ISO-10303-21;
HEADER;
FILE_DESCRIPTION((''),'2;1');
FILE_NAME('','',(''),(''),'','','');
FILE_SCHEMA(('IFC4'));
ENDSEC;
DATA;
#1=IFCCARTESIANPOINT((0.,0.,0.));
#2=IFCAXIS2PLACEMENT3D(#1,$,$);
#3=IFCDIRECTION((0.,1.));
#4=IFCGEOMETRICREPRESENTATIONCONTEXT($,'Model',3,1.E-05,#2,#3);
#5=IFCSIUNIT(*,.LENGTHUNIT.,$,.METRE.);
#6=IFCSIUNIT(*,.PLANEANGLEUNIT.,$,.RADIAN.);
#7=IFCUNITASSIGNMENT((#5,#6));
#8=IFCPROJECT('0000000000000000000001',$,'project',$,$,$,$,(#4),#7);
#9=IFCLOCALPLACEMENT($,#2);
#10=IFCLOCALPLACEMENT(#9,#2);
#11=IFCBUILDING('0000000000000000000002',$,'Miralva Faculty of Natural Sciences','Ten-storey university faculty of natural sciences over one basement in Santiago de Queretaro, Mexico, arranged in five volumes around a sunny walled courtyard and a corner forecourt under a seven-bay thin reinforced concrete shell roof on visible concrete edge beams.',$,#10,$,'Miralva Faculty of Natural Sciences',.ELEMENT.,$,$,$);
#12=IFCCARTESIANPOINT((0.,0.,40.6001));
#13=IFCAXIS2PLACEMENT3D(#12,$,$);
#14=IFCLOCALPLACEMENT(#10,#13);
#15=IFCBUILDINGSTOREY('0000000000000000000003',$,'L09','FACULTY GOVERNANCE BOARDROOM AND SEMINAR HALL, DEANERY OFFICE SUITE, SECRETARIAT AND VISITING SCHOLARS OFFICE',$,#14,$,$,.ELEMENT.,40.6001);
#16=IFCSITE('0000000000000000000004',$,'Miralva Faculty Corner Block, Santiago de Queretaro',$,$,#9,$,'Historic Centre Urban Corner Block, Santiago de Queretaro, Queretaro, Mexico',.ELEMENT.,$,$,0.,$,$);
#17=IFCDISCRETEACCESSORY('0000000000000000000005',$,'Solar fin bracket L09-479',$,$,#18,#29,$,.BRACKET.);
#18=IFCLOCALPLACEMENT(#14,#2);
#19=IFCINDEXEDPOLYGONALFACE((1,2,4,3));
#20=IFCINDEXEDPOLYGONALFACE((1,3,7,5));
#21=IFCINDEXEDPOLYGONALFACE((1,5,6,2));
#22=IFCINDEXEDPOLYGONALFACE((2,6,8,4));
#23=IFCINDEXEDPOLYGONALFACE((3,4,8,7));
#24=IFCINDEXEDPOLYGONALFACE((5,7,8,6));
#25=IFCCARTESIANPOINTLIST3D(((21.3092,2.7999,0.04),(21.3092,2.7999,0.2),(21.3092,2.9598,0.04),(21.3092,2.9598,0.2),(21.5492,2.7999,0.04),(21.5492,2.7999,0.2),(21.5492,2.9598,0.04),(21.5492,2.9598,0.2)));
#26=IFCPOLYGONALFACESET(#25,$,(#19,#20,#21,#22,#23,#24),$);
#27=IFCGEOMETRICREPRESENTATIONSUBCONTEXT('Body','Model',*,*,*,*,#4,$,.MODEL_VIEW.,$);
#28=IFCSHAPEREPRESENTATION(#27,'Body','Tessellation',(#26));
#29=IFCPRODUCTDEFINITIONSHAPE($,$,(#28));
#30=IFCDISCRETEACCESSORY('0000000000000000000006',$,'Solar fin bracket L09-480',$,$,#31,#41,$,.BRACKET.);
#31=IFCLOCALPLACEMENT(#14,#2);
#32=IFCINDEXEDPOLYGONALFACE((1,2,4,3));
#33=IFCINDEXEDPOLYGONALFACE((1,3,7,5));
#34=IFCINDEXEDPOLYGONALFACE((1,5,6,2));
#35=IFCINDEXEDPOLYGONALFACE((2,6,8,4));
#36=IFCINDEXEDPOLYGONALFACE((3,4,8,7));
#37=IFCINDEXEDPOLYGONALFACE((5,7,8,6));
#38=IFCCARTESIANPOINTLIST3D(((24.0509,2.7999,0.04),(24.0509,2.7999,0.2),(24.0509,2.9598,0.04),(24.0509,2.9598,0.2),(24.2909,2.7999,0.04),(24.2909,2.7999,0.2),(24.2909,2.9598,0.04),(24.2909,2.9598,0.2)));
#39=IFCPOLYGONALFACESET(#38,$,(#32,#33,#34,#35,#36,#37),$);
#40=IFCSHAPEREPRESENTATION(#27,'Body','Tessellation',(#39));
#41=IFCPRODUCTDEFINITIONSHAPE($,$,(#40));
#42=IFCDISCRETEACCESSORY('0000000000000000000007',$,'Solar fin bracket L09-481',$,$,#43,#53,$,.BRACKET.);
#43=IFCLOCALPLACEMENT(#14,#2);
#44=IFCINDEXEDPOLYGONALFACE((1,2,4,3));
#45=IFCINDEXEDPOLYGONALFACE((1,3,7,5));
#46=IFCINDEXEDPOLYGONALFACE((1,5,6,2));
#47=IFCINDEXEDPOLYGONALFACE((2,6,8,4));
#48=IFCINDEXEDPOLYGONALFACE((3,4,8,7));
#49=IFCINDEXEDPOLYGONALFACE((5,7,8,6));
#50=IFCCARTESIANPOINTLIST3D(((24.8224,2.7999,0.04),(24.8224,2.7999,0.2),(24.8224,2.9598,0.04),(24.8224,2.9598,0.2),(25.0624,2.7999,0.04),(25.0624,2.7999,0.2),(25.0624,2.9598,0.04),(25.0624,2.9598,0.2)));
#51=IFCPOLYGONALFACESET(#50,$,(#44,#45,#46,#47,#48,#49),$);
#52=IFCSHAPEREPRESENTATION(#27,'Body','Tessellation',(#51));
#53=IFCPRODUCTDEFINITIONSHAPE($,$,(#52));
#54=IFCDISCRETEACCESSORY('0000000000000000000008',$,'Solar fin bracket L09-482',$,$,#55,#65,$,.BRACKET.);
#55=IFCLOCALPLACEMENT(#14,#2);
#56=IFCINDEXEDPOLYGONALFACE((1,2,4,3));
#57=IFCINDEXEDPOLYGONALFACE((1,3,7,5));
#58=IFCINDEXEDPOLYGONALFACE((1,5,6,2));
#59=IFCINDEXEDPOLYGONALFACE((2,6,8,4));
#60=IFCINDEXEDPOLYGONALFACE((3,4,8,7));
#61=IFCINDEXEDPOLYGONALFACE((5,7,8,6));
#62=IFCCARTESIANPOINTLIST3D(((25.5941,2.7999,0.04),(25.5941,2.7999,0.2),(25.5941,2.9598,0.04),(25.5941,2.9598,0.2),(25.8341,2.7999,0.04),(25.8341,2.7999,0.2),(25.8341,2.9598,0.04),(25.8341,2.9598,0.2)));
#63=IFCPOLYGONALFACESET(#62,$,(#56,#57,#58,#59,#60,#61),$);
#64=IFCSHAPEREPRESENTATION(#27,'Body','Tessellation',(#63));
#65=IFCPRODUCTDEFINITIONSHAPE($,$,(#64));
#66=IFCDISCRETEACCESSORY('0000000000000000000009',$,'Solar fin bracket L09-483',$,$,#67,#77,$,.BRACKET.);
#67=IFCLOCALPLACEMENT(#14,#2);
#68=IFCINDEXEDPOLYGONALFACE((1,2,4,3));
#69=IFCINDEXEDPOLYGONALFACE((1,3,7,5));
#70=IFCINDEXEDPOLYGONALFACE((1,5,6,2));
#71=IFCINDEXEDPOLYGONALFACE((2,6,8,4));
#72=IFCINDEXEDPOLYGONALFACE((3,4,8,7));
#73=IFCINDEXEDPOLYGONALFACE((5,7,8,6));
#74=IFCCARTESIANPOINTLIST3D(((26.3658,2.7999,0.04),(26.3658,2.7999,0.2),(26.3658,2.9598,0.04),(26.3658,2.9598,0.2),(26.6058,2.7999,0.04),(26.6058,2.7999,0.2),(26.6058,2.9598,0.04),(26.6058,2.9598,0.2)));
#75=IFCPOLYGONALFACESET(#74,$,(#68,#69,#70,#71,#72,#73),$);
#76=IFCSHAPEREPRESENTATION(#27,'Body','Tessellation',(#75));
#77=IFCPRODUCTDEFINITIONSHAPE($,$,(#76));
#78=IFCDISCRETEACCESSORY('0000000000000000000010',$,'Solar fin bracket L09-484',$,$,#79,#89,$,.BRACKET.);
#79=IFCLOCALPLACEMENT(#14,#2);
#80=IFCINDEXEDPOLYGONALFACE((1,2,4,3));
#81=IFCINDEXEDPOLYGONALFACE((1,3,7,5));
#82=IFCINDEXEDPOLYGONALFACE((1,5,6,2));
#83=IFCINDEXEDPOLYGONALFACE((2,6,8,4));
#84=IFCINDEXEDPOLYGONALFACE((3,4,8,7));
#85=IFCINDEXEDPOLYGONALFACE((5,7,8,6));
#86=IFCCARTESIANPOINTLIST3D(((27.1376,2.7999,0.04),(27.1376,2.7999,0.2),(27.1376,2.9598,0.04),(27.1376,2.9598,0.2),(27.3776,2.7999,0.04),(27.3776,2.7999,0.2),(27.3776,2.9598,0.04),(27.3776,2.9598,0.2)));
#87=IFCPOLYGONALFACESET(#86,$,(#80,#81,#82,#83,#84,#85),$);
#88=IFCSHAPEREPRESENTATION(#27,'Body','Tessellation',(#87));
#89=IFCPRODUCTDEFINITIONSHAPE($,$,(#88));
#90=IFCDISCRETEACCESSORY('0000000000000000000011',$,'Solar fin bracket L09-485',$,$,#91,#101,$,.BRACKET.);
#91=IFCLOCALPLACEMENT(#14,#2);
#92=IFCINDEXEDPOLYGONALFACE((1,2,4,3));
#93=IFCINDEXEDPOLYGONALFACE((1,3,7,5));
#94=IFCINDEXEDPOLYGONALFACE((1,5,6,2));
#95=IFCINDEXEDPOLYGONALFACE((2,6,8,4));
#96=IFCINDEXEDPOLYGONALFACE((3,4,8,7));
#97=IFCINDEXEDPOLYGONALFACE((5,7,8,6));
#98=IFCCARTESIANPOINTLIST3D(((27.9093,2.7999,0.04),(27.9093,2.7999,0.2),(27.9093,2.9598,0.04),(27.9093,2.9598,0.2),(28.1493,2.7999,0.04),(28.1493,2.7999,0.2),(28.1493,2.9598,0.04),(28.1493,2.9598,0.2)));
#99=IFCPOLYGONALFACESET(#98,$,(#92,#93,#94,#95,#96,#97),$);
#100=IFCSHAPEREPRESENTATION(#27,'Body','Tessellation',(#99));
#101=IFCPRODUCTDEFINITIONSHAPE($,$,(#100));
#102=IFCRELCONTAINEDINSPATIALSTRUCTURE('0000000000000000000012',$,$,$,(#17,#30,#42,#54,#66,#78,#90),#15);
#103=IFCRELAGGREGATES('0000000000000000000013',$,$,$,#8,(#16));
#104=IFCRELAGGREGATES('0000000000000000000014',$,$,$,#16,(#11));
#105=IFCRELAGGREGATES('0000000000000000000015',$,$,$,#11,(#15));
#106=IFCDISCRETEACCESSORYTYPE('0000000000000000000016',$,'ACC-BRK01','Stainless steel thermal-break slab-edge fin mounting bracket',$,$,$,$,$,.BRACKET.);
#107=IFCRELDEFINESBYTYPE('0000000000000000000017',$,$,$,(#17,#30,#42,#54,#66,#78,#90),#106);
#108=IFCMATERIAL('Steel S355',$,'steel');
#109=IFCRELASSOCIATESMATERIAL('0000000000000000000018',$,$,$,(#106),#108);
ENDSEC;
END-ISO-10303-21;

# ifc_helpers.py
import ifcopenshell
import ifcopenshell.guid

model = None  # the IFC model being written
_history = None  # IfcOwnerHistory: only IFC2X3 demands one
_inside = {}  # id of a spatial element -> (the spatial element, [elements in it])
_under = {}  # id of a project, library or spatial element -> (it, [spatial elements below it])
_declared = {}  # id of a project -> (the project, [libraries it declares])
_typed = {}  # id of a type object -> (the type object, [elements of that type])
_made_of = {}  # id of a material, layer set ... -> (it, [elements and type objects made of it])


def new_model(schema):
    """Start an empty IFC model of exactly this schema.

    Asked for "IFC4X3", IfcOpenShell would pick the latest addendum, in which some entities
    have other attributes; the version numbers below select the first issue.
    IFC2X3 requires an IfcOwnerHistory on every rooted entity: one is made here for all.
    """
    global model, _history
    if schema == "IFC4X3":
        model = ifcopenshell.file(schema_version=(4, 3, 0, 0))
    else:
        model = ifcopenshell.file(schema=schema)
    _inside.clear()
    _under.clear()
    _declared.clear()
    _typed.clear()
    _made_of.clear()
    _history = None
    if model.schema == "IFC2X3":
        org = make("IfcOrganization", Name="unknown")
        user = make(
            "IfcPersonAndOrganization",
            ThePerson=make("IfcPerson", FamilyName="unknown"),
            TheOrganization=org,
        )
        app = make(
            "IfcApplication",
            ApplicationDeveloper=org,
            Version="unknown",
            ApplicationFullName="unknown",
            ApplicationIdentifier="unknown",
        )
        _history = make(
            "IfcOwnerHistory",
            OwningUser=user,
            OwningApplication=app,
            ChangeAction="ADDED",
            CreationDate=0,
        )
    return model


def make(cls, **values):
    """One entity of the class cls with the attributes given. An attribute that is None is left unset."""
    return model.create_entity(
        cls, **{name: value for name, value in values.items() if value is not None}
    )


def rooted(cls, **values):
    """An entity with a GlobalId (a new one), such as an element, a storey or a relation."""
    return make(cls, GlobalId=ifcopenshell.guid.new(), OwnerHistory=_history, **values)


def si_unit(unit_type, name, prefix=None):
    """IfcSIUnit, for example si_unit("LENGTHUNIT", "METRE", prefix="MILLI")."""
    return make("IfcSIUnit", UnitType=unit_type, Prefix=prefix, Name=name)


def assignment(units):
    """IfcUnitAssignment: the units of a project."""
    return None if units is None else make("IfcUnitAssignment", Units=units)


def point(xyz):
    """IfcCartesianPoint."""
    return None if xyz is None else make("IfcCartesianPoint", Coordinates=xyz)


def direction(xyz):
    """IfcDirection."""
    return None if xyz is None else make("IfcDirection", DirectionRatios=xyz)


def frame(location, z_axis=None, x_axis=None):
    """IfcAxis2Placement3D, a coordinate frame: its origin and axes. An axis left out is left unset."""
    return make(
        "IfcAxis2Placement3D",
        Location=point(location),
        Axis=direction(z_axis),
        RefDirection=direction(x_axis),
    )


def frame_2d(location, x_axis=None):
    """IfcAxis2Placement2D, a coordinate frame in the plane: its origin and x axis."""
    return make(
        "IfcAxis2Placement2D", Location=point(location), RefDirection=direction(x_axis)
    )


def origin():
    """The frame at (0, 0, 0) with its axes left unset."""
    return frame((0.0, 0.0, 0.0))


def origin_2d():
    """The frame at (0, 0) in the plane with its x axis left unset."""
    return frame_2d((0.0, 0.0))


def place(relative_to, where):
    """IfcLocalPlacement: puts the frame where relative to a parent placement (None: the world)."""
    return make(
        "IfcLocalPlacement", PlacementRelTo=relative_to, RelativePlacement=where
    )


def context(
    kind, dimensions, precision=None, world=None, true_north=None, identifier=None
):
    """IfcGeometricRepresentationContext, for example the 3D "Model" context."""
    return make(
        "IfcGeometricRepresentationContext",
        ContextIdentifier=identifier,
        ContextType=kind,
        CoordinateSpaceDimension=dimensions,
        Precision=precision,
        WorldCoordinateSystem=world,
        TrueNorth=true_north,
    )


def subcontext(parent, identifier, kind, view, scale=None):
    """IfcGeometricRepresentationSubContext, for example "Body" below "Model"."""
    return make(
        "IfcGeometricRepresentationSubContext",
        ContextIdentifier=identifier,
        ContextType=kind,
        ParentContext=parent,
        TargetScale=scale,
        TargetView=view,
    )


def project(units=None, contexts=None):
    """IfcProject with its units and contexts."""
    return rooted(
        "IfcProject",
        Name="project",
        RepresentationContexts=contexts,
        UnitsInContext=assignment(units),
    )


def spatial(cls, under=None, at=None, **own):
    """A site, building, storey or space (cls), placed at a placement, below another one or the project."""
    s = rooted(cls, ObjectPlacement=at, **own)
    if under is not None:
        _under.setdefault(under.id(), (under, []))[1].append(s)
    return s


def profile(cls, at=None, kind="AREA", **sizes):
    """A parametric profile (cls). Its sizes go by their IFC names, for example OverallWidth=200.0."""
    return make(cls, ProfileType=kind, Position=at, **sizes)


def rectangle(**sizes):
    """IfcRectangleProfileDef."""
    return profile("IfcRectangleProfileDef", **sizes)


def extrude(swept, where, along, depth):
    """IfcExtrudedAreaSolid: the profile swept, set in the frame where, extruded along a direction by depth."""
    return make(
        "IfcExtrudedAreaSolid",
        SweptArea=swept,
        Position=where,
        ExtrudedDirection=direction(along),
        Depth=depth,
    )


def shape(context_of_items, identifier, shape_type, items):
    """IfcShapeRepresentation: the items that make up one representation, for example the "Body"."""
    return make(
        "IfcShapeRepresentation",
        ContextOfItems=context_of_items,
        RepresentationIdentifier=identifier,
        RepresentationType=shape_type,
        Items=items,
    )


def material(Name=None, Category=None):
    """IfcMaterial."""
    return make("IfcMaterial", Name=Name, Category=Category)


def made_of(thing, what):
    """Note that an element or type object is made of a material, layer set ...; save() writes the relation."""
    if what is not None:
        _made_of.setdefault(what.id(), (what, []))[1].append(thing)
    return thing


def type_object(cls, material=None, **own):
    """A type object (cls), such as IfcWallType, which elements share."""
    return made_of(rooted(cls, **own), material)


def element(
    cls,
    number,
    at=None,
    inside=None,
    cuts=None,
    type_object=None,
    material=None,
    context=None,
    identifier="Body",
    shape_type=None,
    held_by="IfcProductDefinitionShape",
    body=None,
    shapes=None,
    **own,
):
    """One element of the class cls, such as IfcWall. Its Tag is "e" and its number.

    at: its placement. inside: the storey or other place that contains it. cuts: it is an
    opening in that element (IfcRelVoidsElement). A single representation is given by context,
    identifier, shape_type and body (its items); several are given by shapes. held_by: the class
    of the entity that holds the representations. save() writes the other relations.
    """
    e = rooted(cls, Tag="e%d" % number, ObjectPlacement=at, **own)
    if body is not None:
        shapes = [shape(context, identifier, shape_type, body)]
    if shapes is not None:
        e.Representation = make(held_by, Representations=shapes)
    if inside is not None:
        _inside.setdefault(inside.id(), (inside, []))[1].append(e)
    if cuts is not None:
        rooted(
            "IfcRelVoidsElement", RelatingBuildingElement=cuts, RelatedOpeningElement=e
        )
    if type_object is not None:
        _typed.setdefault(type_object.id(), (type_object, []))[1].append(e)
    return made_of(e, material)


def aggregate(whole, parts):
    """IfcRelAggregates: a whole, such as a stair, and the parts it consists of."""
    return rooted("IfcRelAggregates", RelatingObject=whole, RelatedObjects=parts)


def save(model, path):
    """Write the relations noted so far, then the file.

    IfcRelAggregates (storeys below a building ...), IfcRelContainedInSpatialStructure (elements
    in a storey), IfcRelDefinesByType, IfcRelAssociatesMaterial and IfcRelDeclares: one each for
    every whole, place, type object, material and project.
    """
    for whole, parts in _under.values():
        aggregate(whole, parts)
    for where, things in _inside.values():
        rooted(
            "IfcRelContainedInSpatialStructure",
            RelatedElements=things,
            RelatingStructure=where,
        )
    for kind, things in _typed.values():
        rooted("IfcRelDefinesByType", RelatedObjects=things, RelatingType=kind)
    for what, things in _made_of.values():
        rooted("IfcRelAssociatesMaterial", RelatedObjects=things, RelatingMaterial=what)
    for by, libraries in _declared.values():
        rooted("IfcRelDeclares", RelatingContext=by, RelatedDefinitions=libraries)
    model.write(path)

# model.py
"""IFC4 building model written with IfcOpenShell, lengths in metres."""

from ifc_helpers import new_model, si_unit, direction, frame, origin, origin_2d, place, context, subcontext, project, spatial, rectangle, extrude, material, type_object, element, save


model = new_model("IFC4")

# Units and contexts
model_context = context("Model", 3, precision=1e-05, world=origin(), true_north=direction((0.0, 1.0)))
body_context = subcontext(model_context, "Body", "Model", "MODEL_VIEW")
ifc_project = project(units=[si_unit("LENGTHUNIT", "METRE"), si_unit("PLANEANGLEUNIT", "RADIAN")], contexts=[model_context])

# Site, building, storey
site_placement = place(None, origin())
site = spatial("IfcSite", under=ifc_project, at=site_placement, Name="Miralva Faculty Corner Block, Santiago de Queretaro", LongName="Historic Centre Urban Corner Block, Santiago de Queretaro, Queretaro, Mexico", CompositionType="ELEMENT", RefElevation=0.0)
building_placement = place(site_placement, origin())
building = spatial("IfcBuilding", under=site, at=building_placement, Name="Miralva Faculty of Natural Sciences", Description="Ten-storey university faculty of natural sciences over one basement in Santiago de Queretaro, Mexico, arranged in five volumes around a sunny walled courtyard and a corner forecourt under a seven-bay thin reinforced concrete shell roof on visible concrete edge beams.", LongName="Miralva Faculty of Natural Sciences", CompositionType="ELEMENT")
storey_placement = place(building_placement, frame((0.0, 0.0, 40.6001)))
storey = spatial("IfcBuildingStorey", under=building, at=storey_placement, Name="L09", Description="FACULTY GOVERNANCE BOARDROOM AND SEMINAR HALL, DEANERY OFFICE SUITE, SECRETARIAT AND VISITING SCHOLARS OFFICE", CompositionType="ELEMENT", Elevation=40.6001)

# Discrete accessories
ifc_material_1 = material(Name="Steel S355", Category="steel")
discrete_accessory_type = type_object("IfcDiscreteAccessoryType", Name="ACC-BRK01", Description="Stainless steel thermal-break slab-edge fin mounting bracket", PredefinedType="BRACKET", material=ifc_material_1)
for number, where, z_axis, x_axis, name in (
    (1, (21.4292, 2.8799, 0.04), (0.0, 0.0, 1.0), (0.0, -1.0, 0.0), "Solar fin bracket L09-479"),
    (2, (24.1709, 2.8799, 0.04), (0.0, 0.0, 1.0), (0.0, -1.0, 0.0), "Solar fin bracket L09-480"),
    (3, (24.9424, 2.8799, 0.04), (0.0, 0.0, 1.0), (0.0, -1.0, 0.0), "Solar fin bracket L09-481"),
    (4, (25.7141, 2.8799, 0.04), (0.0, 0.0, 1.0), (0.0, -1.0, 0.0), "Solar fin bracket L09-482"),
    (5, (26.4858, 2.8799, 0.04), (0.0, 0.0, 1.0), (0.0, -1.0, 0.0), "Solar fin bracket L09-483"),
    (6, (27.2576, 2.8799, 0.04), (0.0, 0.0, 1.0), (0.0, -1.0, 0.0), "Solar fin bracket L09-484"),
    (7, (28.0293, 2.8799, 0.04), (0.0, 0.0, 1.0), (0.0, -1.0, 0.0), "Solar fin bracket L09-485"),
):
    element("IfcDiscreteAccessory", number, at=place(storey_placement, frame(where, z_axis=z_axis, x_axis=x_axis)), inside=storey, type_object=discrete_accessory_type, Name=name, PredefinedType="BRACKET", context=body_context, shape_type="SweptSolid", body=[
        extrude(rectangle(XDim=0.1599, YDim=0.24, at=origin_2d()), origin(), (0.0, 0.0, 1.0), 0.1599),
    ])

save(model, "model.ifc")
